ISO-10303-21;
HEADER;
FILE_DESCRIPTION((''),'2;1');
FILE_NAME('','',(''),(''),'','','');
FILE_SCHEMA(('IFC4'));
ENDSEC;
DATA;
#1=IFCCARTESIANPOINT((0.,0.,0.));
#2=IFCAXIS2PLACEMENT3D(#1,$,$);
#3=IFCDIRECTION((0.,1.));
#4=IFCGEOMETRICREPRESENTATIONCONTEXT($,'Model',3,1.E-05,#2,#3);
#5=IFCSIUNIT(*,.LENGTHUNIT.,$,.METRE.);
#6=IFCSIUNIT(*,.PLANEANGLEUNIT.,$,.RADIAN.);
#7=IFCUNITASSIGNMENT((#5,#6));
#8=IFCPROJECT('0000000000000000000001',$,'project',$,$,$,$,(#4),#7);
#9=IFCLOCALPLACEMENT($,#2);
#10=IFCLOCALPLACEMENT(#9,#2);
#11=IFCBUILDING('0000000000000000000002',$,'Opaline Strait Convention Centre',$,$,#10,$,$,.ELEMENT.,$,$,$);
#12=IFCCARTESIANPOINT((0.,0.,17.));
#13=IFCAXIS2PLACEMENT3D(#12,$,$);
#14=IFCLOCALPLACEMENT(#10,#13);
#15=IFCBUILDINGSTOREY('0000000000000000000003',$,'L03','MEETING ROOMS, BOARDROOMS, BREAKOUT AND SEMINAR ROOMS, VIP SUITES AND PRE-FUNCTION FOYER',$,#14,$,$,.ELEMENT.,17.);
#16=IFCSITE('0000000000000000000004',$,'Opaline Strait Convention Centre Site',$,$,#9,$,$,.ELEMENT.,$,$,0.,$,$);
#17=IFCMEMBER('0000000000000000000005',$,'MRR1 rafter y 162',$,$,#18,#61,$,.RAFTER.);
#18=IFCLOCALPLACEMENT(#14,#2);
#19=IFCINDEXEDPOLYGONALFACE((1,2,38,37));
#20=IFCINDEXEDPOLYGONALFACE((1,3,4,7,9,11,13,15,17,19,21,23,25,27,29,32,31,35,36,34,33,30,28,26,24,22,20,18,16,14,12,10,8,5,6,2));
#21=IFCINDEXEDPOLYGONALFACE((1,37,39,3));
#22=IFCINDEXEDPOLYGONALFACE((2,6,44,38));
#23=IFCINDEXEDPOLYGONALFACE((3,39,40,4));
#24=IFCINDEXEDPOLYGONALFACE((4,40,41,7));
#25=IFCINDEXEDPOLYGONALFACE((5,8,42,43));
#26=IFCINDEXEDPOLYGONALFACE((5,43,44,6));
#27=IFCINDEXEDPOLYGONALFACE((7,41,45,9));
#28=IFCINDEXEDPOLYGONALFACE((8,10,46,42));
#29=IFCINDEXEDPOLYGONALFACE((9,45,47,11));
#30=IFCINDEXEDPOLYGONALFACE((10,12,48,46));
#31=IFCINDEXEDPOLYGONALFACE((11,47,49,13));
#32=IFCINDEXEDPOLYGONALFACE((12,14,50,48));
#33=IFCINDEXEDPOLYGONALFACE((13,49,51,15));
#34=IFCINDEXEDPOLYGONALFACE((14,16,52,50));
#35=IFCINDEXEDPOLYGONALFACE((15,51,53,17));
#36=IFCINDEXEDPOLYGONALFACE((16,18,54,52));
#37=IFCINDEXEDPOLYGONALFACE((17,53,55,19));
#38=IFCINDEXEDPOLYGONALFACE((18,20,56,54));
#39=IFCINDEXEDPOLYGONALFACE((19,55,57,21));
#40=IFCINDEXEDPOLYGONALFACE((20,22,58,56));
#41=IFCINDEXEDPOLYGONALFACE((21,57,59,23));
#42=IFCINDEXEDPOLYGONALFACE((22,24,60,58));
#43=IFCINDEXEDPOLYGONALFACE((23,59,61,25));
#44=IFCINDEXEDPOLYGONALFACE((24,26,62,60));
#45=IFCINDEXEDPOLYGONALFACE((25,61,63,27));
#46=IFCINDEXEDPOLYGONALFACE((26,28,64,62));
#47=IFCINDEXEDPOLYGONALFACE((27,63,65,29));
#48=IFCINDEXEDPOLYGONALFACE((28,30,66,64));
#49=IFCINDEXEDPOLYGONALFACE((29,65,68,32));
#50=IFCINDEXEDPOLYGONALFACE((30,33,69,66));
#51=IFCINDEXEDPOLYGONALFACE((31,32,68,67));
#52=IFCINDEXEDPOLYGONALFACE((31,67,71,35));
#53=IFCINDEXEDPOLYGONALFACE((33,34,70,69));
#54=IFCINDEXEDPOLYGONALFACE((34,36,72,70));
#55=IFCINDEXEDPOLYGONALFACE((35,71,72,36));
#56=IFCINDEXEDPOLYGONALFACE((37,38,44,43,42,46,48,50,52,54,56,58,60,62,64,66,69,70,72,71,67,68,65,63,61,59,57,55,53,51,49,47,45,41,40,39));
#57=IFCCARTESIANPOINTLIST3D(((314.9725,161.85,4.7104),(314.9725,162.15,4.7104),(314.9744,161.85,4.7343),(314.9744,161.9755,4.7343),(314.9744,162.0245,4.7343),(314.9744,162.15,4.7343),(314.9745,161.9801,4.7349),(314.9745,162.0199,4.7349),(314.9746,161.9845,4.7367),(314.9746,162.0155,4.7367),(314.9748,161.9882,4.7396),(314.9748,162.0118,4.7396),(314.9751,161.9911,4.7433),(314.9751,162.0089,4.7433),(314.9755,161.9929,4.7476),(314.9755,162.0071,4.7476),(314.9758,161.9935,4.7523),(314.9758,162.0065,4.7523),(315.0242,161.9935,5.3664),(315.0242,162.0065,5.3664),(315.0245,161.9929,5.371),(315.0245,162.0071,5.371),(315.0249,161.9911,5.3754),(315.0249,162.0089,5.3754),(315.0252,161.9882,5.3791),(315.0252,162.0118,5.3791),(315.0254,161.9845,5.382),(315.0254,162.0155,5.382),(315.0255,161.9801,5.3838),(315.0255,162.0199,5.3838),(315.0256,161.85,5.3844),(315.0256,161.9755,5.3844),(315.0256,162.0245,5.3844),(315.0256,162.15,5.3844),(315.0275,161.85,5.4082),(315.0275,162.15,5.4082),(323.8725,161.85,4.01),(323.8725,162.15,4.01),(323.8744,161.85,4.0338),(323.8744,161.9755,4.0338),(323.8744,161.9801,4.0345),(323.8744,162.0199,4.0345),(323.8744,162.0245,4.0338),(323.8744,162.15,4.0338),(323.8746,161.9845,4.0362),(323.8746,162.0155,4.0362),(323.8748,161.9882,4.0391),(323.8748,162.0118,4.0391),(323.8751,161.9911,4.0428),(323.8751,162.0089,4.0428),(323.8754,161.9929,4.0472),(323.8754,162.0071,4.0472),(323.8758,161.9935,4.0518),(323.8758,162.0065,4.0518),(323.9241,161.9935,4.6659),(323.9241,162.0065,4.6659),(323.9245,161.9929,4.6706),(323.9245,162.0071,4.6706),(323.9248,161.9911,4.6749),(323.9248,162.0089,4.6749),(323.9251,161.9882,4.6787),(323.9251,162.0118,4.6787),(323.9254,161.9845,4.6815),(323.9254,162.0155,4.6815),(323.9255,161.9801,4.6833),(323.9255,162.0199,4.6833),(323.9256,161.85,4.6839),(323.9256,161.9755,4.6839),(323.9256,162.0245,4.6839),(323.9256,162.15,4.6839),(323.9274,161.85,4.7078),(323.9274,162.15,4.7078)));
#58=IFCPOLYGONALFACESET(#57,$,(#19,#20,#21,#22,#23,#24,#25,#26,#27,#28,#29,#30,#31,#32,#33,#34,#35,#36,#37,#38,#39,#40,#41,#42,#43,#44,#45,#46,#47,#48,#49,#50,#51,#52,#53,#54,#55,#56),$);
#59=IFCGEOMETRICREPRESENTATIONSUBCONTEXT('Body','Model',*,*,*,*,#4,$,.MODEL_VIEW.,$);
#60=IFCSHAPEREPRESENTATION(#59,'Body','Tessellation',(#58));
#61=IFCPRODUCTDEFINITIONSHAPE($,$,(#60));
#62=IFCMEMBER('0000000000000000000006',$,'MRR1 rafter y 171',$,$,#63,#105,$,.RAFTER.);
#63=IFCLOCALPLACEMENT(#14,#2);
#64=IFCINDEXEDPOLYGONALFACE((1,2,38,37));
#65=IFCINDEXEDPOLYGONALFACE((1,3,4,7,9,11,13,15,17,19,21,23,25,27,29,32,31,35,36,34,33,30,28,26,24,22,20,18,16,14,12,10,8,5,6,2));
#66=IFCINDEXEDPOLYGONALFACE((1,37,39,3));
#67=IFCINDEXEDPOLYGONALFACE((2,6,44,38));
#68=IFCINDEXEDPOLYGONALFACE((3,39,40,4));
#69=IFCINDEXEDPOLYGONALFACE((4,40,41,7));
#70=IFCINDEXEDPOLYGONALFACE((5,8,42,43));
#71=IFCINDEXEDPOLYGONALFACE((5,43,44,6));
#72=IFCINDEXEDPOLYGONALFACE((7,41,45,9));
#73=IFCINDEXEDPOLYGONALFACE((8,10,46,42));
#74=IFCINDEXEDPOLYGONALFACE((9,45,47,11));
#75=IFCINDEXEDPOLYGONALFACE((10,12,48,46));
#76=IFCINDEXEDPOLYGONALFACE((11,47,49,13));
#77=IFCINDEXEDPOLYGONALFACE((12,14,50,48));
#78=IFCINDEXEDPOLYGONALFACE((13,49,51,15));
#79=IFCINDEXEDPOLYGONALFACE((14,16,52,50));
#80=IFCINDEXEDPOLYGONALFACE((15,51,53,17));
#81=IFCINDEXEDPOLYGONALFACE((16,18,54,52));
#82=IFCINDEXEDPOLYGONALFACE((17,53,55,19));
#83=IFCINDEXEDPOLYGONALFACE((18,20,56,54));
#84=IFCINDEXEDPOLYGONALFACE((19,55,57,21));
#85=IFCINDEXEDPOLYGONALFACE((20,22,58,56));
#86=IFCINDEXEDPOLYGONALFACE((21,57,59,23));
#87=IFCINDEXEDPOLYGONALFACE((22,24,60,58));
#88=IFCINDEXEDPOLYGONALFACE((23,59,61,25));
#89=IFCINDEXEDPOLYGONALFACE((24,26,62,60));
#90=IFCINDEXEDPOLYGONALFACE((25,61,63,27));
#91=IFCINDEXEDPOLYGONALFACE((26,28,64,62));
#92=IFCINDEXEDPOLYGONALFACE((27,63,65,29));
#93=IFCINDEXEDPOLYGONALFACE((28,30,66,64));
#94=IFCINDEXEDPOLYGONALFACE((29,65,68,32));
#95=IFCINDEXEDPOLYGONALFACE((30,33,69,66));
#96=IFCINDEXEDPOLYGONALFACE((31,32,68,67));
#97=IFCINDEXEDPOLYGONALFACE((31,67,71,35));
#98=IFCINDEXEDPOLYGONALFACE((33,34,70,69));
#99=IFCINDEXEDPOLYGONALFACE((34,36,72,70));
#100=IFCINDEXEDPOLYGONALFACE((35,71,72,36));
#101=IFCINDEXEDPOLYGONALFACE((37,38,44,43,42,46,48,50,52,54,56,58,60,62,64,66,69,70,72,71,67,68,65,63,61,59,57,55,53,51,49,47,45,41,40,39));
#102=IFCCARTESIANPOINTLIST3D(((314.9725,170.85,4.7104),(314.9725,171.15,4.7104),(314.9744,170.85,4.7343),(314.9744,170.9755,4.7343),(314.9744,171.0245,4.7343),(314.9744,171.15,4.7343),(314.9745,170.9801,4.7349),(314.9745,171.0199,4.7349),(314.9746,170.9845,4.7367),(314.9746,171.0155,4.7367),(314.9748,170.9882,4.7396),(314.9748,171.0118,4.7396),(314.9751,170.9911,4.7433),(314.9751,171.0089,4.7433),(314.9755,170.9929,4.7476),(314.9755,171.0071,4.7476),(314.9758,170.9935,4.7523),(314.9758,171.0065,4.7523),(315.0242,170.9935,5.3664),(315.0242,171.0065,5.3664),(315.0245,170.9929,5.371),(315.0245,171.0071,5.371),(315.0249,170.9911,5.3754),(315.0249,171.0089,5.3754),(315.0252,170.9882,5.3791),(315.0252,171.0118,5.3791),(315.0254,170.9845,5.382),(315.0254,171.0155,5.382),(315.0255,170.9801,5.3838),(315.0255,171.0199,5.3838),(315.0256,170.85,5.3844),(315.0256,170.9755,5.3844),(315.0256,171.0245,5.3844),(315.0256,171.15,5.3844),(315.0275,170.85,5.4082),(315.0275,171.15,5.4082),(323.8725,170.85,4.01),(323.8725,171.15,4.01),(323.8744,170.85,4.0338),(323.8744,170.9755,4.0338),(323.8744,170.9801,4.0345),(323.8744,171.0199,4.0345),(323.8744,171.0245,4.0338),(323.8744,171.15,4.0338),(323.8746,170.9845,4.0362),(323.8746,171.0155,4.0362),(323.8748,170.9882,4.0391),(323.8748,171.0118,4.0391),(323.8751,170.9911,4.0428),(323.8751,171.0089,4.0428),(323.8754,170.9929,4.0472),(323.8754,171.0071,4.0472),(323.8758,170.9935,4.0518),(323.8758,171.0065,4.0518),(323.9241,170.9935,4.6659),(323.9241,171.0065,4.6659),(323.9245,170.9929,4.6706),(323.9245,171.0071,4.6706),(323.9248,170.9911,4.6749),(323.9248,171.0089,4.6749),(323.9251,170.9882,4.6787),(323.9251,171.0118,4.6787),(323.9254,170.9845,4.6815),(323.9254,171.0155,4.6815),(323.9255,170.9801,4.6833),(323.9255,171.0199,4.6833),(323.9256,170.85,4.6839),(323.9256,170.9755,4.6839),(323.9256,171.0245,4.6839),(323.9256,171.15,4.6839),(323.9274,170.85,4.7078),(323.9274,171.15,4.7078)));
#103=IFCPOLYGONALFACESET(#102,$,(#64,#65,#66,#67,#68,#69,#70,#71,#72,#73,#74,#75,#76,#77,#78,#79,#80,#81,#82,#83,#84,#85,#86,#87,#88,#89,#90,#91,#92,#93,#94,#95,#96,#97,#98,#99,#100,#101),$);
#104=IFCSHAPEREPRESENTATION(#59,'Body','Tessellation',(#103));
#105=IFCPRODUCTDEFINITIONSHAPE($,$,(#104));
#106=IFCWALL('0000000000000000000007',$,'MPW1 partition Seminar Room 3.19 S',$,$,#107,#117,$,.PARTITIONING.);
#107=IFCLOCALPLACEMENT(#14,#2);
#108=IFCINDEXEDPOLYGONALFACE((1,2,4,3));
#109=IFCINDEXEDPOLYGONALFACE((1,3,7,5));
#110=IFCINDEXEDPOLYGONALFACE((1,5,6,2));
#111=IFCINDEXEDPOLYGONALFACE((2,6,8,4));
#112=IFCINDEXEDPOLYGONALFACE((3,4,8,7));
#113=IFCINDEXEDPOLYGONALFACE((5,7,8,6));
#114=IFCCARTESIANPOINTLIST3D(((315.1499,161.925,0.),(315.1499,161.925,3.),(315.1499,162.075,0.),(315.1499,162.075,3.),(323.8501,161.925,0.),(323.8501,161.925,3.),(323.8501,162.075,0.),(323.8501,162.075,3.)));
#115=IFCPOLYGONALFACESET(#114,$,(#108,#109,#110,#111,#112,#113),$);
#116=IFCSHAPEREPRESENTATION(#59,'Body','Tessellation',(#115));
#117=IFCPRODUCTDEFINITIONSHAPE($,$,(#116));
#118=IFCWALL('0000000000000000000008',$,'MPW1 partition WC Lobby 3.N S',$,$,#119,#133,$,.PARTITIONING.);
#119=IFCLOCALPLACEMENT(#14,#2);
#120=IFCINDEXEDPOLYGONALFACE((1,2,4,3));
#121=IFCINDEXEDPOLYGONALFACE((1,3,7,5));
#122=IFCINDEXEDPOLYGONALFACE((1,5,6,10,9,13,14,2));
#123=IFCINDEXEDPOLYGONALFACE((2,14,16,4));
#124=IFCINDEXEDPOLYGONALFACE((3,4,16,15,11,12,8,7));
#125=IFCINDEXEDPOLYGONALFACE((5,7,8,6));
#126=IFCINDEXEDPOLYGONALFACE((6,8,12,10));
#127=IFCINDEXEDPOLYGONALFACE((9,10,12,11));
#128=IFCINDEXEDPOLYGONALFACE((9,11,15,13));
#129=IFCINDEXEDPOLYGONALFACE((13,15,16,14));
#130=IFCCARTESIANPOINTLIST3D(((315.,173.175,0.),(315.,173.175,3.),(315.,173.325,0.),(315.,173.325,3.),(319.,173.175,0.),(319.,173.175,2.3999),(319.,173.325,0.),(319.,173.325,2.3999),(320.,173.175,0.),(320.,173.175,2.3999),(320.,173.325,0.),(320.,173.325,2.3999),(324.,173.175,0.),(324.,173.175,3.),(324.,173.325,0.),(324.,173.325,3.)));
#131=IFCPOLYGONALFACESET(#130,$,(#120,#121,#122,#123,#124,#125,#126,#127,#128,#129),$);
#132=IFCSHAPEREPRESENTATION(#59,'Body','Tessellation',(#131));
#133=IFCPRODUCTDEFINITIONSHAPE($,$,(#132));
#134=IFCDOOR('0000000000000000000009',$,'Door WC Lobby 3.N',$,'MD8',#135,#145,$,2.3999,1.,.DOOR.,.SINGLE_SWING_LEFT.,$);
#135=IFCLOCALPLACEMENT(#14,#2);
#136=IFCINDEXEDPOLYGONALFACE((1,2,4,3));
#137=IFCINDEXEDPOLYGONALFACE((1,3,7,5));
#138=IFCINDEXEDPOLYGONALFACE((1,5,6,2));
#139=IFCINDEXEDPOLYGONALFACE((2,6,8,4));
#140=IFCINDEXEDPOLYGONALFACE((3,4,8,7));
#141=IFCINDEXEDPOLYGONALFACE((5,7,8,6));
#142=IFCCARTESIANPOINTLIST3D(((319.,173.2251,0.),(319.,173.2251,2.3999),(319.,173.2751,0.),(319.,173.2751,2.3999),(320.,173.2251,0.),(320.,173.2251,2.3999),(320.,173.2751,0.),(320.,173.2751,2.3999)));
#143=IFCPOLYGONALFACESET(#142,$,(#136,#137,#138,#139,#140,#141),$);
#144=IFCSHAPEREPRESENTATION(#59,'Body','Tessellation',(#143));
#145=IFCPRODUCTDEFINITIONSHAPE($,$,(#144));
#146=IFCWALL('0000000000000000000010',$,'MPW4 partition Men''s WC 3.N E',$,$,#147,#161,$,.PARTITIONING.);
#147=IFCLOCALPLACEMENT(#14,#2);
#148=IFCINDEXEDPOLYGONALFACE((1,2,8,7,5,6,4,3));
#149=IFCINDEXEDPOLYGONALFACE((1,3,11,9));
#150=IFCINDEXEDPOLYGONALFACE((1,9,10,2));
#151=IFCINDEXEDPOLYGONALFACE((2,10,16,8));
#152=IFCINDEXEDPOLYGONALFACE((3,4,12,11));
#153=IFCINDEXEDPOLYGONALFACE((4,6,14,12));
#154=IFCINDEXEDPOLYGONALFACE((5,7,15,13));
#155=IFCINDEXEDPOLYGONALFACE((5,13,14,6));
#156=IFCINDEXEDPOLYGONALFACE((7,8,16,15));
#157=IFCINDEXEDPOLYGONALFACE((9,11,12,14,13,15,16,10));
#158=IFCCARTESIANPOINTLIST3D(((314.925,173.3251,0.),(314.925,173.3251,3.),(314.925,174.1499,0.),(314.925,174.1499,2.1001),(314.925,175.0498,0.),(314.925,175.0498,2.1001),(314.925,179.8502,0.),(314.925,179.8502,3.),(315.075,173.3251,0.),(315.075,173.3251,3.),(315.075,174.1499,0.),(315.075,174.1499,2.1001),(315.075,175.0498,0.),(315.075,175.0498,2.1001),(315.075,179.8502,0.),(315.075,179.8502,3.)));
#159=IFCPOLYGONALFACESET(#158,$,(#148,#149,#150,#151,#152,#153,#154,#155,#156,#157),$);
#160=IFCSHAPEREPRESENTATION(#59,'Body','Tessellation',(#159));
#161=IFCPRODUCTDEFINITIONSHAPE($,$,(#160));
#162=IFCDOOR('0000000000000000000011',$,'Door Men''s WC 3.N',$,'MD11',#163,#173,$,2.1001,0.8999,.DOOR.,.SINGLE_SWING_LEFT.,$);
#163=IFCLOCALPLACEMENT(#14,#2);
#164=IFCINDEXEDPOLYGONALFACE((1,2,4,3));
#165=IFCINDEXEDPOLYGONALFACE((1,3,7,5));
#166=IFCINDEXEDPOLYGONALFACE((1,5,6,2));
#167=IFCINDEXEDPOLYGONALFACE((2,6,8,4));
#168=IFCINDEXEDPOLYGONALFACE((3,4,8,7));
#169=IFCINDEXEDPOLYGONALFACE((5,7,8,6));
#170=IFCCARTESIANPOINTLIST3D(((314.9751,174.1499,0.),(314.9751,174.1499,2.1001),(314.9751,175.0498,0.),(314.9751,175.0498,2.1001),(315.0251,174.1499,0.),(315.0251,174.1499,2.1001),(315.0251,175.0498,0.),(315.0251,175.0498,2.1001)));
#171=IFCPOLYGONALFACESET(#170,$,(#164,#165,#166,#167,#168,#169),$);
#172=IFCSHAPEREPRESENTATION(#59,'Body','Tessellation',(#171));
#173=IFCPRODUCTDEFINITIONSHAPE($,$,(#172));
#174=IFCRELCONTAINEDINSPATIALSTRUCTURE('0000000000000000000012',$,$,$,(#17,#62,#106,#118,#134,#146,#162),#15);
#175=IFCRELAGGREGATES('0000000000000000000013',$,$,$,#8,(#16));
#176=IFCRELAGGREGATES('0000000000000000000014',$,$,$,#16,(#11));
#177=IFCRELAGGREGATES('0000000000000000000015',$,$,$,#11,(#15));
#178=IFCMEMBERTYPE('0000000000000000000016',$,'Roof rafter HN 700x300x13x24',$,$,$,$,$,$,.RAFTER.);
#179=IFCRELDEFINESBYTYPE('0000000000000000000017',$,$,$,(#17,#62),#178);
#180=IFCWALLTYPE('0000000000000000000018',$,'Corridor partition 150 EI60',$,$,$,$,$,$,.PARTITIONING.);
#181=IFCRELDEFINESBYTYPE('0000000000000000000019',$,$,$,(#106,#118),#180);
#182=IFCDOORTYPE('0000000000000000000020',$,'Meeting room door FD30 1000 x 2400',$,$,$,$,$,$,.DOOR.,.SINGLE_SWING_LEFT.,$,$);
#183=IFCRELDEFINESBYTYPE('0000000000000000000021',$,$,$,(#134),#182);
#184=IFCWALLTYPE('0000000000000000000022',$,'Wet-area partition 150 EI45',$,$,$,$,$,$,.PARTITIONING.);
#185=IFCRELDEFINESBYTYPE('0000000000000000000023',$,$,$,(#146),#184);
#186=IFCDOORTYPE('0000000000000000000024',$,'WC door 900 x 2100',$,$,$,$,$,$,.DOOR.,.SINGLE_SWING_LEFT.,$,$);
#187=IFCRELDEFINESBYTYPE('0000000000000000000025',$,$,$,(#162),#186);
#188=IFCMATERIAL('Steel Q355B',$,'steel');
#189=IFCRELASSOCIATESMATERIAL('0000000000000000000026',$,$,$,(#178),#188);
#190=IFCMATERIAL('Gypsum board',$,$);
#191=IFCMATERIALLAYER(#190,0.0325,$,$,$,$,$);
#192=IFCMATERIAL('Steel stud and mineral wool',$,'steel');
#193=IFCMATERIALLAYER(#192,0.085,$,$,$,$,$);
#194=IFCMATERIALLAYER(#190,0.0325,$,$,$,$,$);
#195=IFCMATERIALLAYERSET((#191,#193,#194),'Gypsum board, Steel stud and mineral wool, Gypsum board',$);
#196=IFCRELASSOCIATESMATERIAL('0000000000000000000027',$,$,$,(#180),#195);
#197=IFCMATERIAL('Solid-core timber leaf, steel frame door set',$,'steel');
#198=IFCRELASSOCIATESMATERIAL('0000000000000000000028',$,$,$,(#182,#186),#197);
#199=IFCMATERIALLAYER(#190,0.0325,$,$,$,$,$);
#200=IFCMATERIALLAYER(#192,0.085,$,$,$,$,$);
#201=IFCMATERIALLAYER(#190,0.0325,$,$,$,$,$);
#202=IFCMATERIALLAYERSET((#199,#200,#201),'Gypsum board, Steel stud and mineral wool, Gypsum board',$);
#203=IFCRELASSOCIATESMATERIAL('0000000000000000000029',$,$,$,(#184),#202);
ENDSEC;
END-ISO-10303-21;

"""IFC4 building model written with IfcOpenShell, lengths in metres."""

from ifc_helpers import new_model, si_unit, direction, frame, frame_2d, origin, origin_2d, place, context, subcontext, project, spatial, rectangle, i_section, extrude, material, layer, layer_set, material_profile, profile_set, type_object, element, fill, save


model = new_model("IFC4")

# Units and contexts
model_context = context("Model", 3, precision=1e-05, world=origin(), true_north=direction((0.0, 1.0)))
body_context = subcontext(model_context, "Body", "Model", "MODEL_VIEW")
ifc_project = project(units=[si_unit("LENGTHUNIT", "METRE"), si_unit("PLANEANGLEUNIT", "RADIAN")], contexts=[model_context])

# Site, building, storey
site_placement = place(None, origin())
site = spatial("IfcSite", under=ifc_project, at=site_placement, Name="Opaline Strait Convention Centre Site", CompositionType="ELEMENT", RefElevation=0.0)
building_placement = place(site_placement, origin())
building = spatial("IfcBuilding", under=site, at=building_placement, Name="Opaline Strait Convention Centre", CompositionType="ELEMENT")
storey_placement = place(building_placement, frame((0.0, 0.0, 17.0)))
storey = spatial("IfcBuildingStorey", under=building, at=storey_placement, Name="L03", Description="MEETING ROOMS, BOARDROOMS, BREAKOUT AND SEMINAR ROOMS, VIP SUITES AND PRE-FUNCTION FOYER", CompositionType="ELEMENT", Elevation=17.0)

# Shared definitions
ifc_material_1 = material(Name="Steel Q355B", Category="steel")

# Members
ifc_material_profile_1 = material_profile(ifc_material_1, i_section(OverallWidth=0.3, OverallDepth=0.7, WebThickness=0.0129, FlangeThickness=0.0239, FilletRadius=0.0181, at=origin_2d()), Name="HN 700x300x13x24")
ifc_profile_set_1 = profile_set([ifc_material_profile_1], Name="Steel Q355B")
member_type_1 = type_object("IfcMemberType", Name="Roof rafter HN 700x300x13x24", PredefinedType="RAFTER", material=ifc_profile_set_1)
for number, where, z_axis, x_axis, name in (
    (1, (315.0, 162.0, 5.0593), (0.996917, 0.0, -0.078459), (0.0, 1.0, 0.0), "MRR1 rafter y 162"),
    (2, (315.0, 171.0, 5.0593), (0.996917, 0.0, -0.078459), (0.0, 1.0, 0.0), "MRR1 rafter y 171"),
):
    element("IfcMember", number, at=place(storey_placement, frame(where, z_axis=z_axis, x_axis=x_axis)), inside=storey, type_object=member_type_1, Name=name, PredefinedType="RAFTER", context=body_context, shape_type="SweptSolid", body=[
        extrude(i_section(OverallWidth=0.3, OverallDepth=0.7, WebThickness=0.0129, FlangeThickness=0.0239, FilletRadius=0.0181, at=origin_2d()), origin(), (0.0, 0.0, 1.0), 8.9275),
    ])

# Wall
ifc_material_2 = material(Name="Gypsum board")
ifc_layer_1 = layer(ifc_material_2, 0.0325)
ifc_material_3 = material(Name="Steel stud and mineral wool", Category="steel")
ifc_layer_2 = layer(ifc_material_3, 0.085)
ifc_layer_3 = layer(ifc_material_2, 0.0325)
ifc_layer_set_1 = layer_set([ifc_layer_1, ifc_layer_2, ifc_layer_3], Name="Gypsum board, Steel stud and mineral wool, Gypsum board")
wall_type_1 = type_object("IfcWallType", Name="Corridor partition 150 EI60", PredefinedType="PARTITIONING", material=ifc_layer_set_1)
wall_1_placement = place(storey_placement, frame((315.1499, 162.0, 0.0), z_axis=(0.0, 0.0, 1.0), x_axis=(1.0, 0.0, 0.0)))
element("IfcWall", 3, at=wall_1_placement, inside=storey, type_object=wall_type_1, Name="MPW1 partition Seminar Room 3.19 S", PredefinedType="PARTITIONING", context=body_context, shape_type="SweptSolid", body=[
    extrude(rectangle(XDim=8.7002, YDim=0.1499, at=frame_2d((4.3501, 0.0))), origin(), (0.0, 0.0, 1.0), 3.0),
])

# Walls, openings, doors
wall_2_placement = place(storey_placement, frame((315.0, 173.25, 0.0), z_axis=(0.0, 0.0, 1.0), x_axis=(1.0, 0.0, 0.0)))
wall_2 = element("IfcWall", 4, at=wall_2_placement, inside=storey, type_object=wall_type_1, Name="MPW1 partition WC Lobby 3.N S", PredefinedType="PARTITIONING", context=body_context, shape_type="SweptSolid", body=[
    extrude(rectangle(XDim=9.0, YDim=0.1499, at=frame_2d((4.5, 0.0))), origin(), (0.0, 0.0, 1.0), 3.0),
])
opening_1_placement = place(wall_2_placement, frame((4.0, 0.0, 0.0)))
opening_1 = element("IfcOpeningElement", 5, at=opening_1_placement, cuts=wall_2, PredefinedType="OPENING", context=body_context, shape_type="SweptSolid", body=[
    extrude(rectangle(XDim=1.0, YDim=2.3999, at=frame_2d((0.5, 1.2))), frame((0.0, 0.085, 0.0), z_axis=(0.0, -1.0, 0.0), x_axis=(1.0, 0.0, 0.0)), (0.0, 0.0, 1.0), 0.1699),
])
ifc_material_4 = material(Name="Solid-core timber leaf, steel frame door set", Category="steel")
door_type_1 = type_object("IfcDoorType", Name="Meeting room door FD30 1000 x 2400", OperationType="SINGLE_SWING_LEFT", PredefinedType="DOOR", material=ifc_material_4)
door_1_placement = place(opening_1_placement, frame((1.0, 0.0, 0.0), z_axis=(0.0, 0.0, 1.0), x_axis=(-1.0, 0.0, 0.0)))
door_1 = element("IfcDoor", 6, at=door_1_placement, inside=storey, type_object=door_type_1, Name="Door WC Lobby 3.N", ObjectType="MD8", OperationType="SINGLE_SWING_LEFT", OverallHeight=2.3999, OverallWidth=1.0, PredefinedType="DOOR", context=body_context, shape_type="SweptSolid", body=[
    extrude(rectangle(XDim=1.0, YDim=2.3999, at=frame_2d((0.5, 1.2))), frame((0.0, 0.0249, 0.0), z_axis=(0.0, -1.0, 0.0), x_axis=(1.0, 0.0, 0.0)), (0.0, 0.0, 1.0), 0.05),
])
fill(opening_1, door_1)
ifc_layer_4 = layer(ifc_material_2, 0.0325)
ifc_layer_5 = layer(ifc_material_3, 0.085)
ifc_layer_6 = layer(ifc_material_2, 0.0325)
ifc_layer_set_2 = layer_set([ifc_layer_4, ifc_layer_5, ifc_layer_6], Name="Gypsum board, Steel stud and mineral wool, Gypsum board")
wall_type_2 = type_object("IfcWallType", Name="Wet-area partition 150 EI45", PredefinedType="PARTITIONING", material=ifc_layer_set_2)
wall_3_placement = place(storey_placement, frame((315.0, 173.325, 0.0), z_axis=(0.0, 0.0, 1.0), x_axis=(0.0, 1.0, 0.0)))
wall_3 = element("IfcWall", 7, at=wall_3_placement, inside=storey, type_object=wall_type_2, Name="MPW4 partition Men's WC 3.N E", PredefinedType="PARTITIONING", context=body_context, shape_type="SweptSolid", body=[
    extrude(rectangle(XDim=6.5251, YDim=0.1499, at=frame_2d((3.2627, 0.0))), origin(), (0.0, 0.0, 1.0), 3.0),
])
opening_2_placement = place(wall_3_placement, frame((0.825, 0.0, 0.0)))
opening_2 = element("IfcOpeningElement", 8, at=opening_2_placement, cuts=wall_3, PredefinedType="OPENING", context=body_context, shape_type="SweptSolid", body=[
    extrude(rectangle(XDim=0.8999, YDim=2.1001, at=frame_2d((0.45, 1.05))), frame((0.0, 0.085, 0.0), z_axis=(0.0, -1.0, 0.0), x_axis=(1.0, 0.0, 0.0)), (0.0, 0.0, 1.0), 0.1699),
])
door_type_2 = type_object("IfcDoorType", Name="WC door 900 x 2100", OperationType="SINGLE_SWING_LEFT", PredefinedType="DOOR", material=ifc_material_4)
door_2_placement = place(opening_2_placement, origin())
door_2 = element("IfcDoor", 9, at=door_2_placement, inside=storey, type_object=door_type_2, Name="Door Men's WC 3.N", ObjectType="MD11", OperationType="SINGLE_SWING_LEFT", OverallHeight=2.1001, OverallWidth=0.8999, PredefinedType="DOOR", context=body_context, shape_type="SweptSolid", body=[
    extrude(rectangle(XDim=0.8999, YDim=2.1001, at=frame_2d((0.45, 1.05))), frame((0.0, 0.0249, 0.0), z_axis=(0.0, -1.0, 0.0), x_axis=(1.0, 0.0, 0.0)), (0.0, 0.0, 1.0), 0.05),
])
fill(opening_2, door_2)

save(model, "model.ifc")
